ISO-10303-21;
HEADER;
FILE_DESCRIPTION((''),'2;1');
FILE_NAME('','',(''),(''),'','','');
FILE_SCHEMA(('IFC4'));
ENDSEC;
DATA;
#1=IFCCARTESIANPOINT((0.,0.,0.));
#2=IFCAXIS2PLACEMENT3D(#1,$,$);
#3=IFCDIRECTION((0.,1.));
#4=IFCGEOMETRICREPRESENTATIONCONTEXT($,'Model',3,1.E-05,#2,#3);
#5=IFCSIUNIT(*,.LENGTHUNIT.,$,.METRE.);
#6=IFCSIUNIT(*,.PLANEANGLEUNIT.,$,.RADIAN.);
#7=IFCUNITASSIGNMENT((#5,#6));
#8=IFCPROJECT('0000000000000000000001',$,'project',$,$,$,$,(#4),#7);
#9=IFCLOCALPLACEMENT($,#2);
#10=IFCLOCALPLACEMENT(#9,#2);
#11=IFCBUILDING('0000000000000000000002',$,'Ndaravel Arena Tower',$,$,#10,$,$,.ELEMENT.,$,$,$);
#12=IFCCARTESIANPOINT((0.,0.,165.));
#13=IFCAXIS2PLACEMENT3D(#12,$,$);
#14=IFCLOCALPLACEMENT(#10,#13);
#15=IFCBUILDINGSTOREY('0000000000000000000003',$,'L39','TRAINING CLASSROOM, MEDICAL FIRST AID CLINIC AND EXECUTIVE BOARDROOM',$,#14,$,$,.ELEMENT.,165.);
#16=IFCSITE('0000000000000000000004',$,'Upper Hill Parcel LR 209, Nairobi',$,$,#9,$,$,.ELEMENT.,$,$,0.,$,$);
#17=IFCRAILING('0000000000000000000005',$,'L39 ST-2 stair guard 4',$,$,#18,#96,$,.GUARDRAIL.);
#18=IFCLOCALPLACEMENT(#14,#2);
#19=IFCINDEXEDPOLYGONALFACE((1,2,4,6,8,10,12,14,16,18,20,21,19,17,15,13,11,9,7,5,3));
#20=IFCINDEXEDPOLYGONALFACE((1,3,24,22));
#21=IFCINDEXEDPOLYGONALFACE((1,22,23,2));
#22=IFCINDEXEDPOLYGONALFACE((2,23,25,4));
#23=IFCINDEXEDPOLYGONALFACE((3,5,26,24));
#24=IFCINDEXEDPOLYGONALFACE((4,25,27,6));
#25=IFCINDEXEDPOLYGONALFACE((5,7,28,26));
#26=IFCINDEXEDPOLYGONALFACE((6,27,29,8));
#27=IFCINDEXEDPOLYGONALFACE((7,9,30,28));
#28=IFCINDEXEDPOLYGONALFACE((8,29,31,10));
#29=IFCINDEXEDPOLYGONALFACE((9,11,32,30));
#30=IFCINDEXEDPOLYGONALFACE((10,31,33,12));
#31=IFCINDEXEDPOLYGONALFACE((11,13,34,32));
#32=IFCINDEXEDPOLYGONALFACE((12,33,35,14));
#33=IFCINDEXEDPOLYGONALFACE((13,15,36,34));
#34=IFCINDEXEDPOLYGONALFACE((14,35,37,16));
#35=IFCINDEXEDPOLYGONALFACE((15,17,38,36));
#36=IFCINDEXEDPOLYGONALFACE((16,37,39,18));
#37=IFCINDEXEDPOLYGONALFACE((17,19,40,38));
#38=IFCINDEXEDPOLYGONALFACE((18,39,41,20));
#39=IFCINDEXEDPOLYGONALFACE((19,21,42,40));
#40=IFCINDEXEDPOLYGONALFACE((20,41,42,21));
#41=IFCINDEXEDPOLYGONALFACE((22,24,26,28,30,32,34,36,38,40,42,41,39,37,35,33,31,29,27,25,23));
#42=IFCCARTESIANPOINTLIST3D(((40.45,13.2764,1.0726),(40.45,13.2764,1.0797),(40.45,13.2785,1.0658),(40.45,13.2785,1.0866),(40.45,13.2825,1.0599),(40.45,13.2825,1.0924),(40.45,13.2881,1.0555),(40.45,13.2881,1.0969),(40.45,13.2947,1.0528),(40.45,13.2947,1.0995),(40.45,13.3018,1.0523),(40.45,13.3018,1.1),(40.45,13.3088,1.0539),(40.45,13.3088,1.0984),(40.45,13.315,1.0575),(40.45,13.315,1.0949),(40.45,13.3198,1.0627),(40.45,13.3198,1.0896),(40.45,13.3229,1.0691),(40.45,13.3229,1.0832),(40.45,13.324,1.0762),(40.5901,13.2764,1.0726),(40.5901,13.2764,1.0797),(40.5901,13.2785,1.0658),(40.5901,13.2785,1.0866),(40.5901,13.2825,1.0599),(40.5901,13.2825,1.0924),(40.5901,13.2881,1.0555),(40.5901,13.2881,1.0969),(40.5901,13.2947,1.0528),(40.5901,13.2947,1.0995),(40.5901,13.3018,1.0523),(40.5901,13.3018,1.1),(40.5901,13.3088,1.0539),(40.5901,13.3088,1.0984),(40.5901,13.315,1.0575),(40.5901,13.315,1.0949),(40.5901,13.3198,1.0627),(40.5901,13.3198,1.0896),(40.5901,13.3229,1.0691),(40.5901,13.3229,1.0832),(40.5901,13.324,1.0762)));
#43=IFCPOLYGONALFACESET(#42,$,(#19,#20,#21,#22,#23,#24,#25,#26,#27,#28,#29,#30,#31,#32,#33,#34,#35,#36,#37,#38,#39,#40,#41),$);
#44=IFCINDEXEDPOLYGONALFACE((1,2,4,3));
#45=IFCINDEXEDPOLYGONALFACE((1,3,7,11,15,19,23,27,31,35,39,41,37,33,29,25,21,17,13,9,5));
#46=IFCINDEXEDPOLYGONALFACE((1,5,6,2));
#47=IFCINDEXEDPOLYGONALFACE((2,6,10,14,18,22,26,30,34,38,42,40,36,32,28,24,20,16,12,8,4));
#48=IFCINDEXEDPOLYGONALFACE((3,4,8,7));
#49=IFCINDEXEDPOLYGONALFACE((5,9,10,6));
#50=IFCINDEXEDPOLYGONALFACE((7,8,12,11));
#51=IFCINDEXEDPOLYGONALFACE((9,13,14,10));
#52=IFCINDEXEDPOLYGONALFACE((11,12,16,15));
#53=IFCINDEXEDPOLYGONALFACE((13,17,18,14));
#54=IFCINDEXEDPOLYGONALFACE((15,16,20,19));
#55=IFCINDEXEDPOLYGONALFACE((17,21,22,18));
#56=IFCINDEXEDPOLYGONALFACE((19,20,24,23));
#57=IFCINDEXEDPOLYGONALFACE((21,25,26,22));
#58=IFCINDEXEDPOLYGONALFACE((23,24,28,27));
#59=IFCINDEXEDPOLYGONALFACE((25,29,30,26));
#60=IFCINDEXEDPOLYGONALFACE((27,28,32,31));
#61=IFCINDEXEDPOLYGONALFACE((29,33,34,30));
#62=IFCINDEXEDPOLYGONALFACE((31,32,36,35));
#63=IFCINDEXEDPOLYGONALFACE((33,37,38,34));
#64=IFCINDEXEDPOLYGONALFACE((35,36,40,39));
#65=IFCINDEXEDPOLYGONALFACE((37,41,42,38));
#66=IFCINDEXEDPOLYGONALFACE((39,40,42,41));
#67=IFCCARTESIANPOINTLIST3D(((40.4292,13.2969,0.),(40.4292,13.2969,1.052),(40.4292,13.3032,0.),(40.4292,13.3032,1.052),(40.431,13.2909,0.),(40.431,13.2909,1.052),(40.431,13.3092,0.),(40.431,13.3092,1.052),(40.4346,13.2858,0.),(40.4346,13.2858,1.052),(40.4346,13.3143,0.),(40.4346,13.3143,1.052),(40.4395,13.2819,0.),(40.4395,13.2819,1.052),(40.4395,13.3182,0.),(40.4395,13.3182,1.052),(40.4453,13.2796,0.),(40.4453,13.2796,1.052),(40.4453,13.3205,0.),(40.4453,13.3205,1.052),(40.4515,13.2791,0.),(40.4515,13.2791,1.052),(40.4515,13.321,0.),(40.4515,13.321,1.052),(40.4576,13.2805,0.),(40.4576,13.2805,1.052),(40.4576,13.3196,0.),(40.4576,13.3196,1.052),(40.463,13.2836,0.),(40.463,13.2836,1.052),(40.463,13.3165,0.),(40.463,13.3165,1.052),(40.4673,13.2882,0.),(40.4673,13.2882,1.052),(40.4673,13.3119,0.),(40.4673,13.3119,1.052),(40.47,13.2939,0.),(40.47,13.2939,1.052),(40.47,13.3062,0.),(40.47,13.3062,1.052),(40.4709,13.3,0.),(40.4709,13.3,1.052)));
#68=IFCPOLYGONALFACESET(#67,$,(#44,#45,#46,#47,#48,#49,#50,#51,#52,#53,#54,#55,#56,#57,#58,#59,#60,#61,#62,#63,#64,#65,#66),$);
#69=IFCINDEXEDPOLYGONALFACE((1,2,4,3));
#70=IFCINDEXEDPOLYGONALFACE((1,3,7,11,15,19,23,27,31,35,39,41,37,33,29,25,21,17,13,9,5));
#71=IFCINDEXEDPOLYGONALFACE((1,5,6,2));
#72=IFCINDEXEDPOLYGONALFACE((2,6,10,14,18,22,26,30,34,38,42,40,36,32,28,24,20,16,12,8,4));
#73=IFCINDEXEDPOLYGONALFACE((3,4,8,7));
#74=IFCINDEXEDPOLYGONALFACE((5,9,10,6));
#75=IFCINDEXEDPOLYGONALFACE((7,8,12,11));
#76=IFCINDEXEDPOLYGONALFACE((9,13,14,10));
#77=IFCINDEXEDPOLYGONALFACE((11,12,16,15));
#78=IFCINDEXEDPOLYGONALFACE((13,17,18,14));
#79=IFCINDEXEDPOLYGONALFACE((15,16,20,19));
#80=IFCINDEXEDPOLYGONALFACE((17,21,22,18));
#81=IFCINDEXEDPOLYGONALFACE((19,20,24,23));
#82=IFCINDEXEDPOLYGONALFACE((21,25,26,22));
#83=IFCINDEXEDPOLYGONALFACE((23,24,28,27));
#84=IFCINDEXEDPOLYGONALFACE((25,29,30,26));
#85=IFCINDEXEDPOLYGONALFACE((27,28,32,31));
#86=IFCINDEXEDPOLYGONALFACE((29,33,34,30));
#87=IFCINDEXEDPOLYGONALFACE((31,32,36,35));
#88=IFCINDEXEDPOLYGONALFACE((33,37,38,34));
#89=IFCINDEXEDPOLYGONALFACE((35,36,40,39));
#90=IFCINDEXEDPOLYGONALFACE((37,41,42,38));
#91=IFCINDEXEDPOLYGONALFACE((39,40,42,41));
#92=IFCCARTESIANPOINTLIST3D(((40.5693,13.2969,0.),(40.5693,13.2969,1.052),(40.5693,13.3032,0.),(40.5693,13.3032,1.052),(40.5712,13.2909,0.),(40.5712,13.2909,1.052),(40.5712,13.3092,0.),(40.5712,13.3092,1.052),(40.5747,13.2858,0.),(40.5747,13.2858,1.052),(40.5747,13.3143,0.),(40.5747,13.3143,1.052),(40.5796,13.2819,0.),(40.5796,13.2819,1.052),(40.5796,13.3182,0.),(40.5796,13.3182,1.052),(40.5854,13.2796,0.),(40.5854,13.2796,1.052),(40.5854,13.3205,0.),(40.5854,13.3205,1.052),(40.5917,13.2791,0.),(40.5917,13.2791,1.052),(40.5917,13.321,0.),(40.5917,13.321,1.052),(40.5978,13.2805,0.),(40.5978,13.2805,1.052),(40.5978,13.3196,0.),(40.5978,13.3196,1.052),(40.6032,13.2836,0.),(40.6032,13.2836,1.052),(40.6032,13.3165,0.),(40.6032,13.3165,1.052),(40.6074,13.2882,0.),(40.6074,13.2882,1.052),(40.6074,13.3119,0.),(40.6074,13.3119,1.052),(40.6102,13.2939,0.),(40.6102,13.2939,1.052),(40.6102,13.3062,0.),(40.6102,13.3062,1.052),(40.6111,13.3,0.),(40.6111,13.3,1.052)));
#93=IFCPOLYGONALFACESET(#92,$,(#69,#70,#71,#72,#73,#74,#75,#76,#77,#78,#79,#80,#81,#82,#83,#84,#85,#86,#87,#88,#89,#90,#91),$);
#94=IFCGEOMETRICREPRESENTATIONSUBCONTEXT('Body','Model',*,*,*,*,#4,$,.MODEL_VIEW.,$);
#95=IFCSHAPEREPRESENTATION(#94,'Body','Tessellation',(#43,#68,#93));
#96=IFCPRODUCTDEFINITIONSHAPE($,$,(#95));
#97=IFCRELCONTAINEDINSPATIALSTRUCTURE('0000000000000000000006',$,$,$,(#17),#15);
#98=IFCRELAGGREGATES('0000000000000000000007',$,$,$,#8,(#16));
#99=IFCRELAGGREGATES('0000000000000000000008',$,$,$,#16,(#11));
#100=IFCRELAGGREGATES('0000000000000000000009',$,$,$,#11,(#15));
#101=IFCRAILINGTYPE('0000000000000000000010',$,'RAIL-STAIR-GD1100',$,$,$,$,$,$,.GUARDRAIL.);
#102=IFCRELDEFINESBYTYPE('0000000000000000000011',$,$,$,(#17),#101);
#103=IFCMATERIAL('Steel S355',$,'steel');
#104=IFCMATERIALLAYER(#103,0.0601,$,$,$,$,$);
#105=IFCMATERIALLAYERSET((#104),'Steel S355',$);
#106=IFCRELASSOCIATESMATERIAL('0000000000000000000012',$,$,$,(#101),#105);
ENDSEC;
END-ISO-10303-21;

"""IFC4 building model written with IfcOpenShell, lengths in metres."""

from ifc_helpers import new_model, si_unit, direction, frame, origin, origin_2d, place, context, subcontext, project, spatial, circle, extrude, material, layer, layer_set, type_object, element, save


model = new_model("IFC4")

# Units and contexts
model_context = context("Model", 3, precision=1e-05, world=origin(), true_north=direction((0.0, 1.0)))
body_context = subcontext(model_context, "Body", "Model", "MODEL_VIEW")
ifc_project = project(units=[si_unit("LENGTHUNIT", "METRE"), si_unit("PLANEANGLEUNIT", "RADIAN")], contexts=[model_context])

# Site, building, storey
site_placement = place(None, origin())
site = spatial("IfcSite", under=ifc_project, at=site_placement, Name="Upper Hill Parcel LR 209, Nairobi", CompositionType="ELEMENT", RefElevation=0.0)
building_placement = place(site_placement, origin())
building = spatial("IfcBuilding", under=site, at=building_placement, Name="Ndaravel Arena Tower", CompositionType="ELEMENT")
storey_placement = place(building_placement, frame((0.0, 0.0, 165.0)))
storey = spatial("IfcBuildingStorey", under=building, at=storey_placement, Name="L39", Description="TRAINING CLASSROOM, MEDICAL FIRST AID CLINIC AND EXECUTIVE BOARDROOM", CompositionType="ELEMENT", Elevation=165.0)

# Railing
ifc_material_1 = material(Name="Steel S355", Category="steel")
ifc_layer_1 = layer(ifc_material_1, 0.0601)
ifc_layer_set_1 = layer_set([ifc_layer_1], Name="Steel S355")
railing_type_1 = type_object("IfcRailingType", Name="RAIL-STAIR-GD1100", PredefinedType="GUARDRAIL", material=ifc_layer_set_1)
railing_1_placement = place(storey_placement, frame((40.45, 13.3, 0.0)))
element("IfcRailing", 1, at=railing_1_placement, inside=storey, type_object=railing_type_1, Name="L39 ST-2 stair guard 4", PredefinedType="GUARDRAIL", context=body_context, shape_type="SweptSolid", body=[
    extrude(circle(Radius=0.0239, at=origin_2d()), frame((0.0, 0.0, 1.0762), z_axis=(1.0, 0.0, 0.0), x_axis=(0.0, 1.0, 0.0)), (0.0, 0.0, 1.0), 0.1401),
    extrude(circle(Radius=0.021, at=origin_2d()), origin(), (0.0, 0.0, 1.0), 1.052),
    extrude(circle(Radius=0.021, at=origin_2d()), frame((0.1401, 0.0, 0.0)), (0.0, 0.0, 1.0), 1.052),
])

save(model, "model.ifc")
